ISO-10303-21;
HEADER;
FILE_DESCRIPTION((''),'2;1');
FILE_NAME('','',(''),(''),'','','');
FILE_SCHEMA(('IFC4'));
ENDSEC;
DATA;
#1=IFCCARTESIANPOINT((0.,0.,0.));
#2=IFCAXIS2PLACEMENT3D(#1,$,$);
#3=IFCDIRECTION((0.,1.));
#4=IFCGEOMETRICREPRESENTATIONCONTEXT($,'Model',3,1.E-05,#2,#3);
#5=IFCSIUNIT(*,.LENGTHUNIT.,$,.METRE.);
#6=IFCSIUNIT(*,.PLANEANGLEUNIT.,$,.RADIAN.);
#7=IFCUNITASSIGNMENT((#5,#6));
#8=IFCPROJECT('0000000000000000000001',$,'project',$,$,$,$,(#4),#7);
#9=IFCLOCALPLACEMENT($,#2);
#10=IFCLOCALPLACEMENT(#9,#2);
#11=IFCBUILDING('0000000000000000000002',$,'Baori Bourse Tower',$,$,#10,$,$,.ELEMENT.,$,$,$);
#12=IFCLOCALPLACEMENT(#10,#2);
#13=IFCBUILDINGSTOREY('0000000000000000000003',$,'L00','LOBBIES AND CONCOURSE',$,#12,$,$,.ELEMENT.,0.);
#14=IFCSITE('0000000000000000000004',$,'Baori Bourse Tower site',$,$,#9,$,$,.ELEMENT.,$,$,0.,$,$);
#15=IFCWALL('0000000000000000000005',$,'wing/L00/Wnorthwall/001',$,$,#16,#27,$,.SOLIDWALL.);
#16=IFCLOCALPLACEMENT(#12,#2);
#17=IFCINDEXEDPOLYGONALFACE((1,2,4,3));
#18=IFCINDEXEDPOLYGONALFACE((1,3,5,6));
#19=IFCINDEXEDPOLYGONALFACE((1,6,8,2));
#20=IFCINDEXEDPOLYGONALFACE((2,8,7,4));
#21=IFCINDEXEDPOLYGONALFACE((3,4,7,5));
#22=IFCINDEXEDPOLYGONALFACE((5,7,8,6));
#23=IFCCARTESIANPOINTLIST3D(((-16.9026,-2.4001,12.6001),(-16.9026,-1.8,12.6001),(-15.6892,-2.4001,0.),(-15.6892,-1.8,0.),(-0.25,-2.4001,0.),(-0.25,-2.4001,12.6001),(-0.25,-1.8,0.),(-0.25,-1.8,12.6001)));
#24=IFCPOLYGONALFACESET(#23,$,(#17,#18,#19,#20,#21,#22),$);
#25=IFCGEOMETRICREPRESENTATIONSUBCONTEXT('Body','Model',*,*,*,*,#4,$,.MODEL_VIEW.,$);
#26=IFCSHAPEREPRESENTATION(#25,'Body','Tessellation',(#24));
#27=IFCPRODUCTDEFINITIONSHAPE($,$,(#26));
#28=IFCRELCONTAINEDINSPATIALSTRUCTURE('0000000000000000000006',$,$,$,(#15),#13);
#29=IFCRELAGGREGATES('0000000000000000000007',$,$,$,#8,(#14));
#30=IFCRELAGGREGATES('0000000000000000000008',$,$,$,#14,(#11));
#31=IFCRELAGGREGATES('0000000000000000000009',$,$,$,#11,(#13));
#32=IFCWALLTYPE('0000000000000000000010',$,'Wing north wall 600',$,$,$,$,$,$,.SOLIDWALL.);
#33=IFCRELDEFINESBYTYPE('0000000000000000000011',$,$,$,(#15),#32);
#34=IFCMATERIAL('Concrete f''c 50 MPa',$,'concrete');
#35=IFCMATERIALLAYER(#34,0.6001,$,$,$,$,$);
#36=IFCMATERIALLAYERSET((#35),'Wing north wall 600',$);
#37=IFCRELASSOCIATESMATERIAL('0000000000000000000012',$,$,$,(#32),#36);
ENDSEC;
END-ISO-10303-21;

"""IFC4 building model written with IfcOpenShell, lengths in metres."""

from ifc_helpers import new_model, si_unit, direction, frame, origin, place, context, subcontext, project, spatial, polyline, outline, extrude, material, layer, layer_set, type_object, element, save


model = new_model("IFC4")

# Units and contexts
model_context = context("Model", 3, precision=1e-05, world=origin(), true_north=direction((0.0, 1.0)))
body_context = subcontext(model_context, "Body", "Model", "MODEL_VIEW")
ifc_project = project(units=[si_unit("LENGTHUNIT", "METRE"), si_unit("PLANEANGLEUNIT", "RADIAN")], contexts=[model_context])

# Site, building, storey
site_placement = place(None, origin())
site = spatial("IfcSite", under=ifc_project, at=site_placement, Name="Baori Bourse Tower site", CompositionType="ELEMENT", RefElevation=0.0)
building_placement = place(site_placement, origin())
building = spatial("IfcBuilding", under=site, at=building_placement, Name="Baori Bourse Tower", CompositionType="ELEMENT")
storey_placement = place(building_placement, origin())
storey = spatial("IfcBuildingStorey", under=building, at=storey_placement, Name="L00", Description="LOBBIES AND CONCOURSE", CompositionType="ELEMENT", Elevation=0.0)

# Wall
ifc_material_1 = material(Name="Concrete f'c 50 MPa", Category="concrete")
ifc_layer_1 = layer(ifc_material_1, 0.6001)
ifc_layer_set_1 = layer_set([ifc_layer_1], Name="Wing north wall 600")
wall_type_1 = type_object("IfcWallType", Name="Wing north wall 600", PredefinedType="SOLIDWALL", material=ifc_layer_set_1)
wall_1_placement = place(storey_placement, frame((-0.25, -2.1001, 0.0), z_axis=(0.0, 0.0, 1.0), x_axis=(-1.0, 0.0, 0.0)))
element("IfcWall", 1, at=wall_1_placement, inside=storey, type_object=wall_type_1, Name="wing/L00/Wnorthwall/001", PredefinedType="SOLIDWALL", context=body_context, shape_type="SweptSolid", body=[
    extrude(outline(polyline([(0.0, 0.0), (15.4392, 0.0), (16.6526, 12.6001), (0.0, 12.6001), (0.0, 0.0)])), frame((0.0, 0.3, 0.0), z_axis=(0.0, -1.0, 0.0), x_axis=(1.0, 0.0, 0.0)), (0.0, 0.0, 1.0), 0.6001),
])

save(model, "model.ifc")
